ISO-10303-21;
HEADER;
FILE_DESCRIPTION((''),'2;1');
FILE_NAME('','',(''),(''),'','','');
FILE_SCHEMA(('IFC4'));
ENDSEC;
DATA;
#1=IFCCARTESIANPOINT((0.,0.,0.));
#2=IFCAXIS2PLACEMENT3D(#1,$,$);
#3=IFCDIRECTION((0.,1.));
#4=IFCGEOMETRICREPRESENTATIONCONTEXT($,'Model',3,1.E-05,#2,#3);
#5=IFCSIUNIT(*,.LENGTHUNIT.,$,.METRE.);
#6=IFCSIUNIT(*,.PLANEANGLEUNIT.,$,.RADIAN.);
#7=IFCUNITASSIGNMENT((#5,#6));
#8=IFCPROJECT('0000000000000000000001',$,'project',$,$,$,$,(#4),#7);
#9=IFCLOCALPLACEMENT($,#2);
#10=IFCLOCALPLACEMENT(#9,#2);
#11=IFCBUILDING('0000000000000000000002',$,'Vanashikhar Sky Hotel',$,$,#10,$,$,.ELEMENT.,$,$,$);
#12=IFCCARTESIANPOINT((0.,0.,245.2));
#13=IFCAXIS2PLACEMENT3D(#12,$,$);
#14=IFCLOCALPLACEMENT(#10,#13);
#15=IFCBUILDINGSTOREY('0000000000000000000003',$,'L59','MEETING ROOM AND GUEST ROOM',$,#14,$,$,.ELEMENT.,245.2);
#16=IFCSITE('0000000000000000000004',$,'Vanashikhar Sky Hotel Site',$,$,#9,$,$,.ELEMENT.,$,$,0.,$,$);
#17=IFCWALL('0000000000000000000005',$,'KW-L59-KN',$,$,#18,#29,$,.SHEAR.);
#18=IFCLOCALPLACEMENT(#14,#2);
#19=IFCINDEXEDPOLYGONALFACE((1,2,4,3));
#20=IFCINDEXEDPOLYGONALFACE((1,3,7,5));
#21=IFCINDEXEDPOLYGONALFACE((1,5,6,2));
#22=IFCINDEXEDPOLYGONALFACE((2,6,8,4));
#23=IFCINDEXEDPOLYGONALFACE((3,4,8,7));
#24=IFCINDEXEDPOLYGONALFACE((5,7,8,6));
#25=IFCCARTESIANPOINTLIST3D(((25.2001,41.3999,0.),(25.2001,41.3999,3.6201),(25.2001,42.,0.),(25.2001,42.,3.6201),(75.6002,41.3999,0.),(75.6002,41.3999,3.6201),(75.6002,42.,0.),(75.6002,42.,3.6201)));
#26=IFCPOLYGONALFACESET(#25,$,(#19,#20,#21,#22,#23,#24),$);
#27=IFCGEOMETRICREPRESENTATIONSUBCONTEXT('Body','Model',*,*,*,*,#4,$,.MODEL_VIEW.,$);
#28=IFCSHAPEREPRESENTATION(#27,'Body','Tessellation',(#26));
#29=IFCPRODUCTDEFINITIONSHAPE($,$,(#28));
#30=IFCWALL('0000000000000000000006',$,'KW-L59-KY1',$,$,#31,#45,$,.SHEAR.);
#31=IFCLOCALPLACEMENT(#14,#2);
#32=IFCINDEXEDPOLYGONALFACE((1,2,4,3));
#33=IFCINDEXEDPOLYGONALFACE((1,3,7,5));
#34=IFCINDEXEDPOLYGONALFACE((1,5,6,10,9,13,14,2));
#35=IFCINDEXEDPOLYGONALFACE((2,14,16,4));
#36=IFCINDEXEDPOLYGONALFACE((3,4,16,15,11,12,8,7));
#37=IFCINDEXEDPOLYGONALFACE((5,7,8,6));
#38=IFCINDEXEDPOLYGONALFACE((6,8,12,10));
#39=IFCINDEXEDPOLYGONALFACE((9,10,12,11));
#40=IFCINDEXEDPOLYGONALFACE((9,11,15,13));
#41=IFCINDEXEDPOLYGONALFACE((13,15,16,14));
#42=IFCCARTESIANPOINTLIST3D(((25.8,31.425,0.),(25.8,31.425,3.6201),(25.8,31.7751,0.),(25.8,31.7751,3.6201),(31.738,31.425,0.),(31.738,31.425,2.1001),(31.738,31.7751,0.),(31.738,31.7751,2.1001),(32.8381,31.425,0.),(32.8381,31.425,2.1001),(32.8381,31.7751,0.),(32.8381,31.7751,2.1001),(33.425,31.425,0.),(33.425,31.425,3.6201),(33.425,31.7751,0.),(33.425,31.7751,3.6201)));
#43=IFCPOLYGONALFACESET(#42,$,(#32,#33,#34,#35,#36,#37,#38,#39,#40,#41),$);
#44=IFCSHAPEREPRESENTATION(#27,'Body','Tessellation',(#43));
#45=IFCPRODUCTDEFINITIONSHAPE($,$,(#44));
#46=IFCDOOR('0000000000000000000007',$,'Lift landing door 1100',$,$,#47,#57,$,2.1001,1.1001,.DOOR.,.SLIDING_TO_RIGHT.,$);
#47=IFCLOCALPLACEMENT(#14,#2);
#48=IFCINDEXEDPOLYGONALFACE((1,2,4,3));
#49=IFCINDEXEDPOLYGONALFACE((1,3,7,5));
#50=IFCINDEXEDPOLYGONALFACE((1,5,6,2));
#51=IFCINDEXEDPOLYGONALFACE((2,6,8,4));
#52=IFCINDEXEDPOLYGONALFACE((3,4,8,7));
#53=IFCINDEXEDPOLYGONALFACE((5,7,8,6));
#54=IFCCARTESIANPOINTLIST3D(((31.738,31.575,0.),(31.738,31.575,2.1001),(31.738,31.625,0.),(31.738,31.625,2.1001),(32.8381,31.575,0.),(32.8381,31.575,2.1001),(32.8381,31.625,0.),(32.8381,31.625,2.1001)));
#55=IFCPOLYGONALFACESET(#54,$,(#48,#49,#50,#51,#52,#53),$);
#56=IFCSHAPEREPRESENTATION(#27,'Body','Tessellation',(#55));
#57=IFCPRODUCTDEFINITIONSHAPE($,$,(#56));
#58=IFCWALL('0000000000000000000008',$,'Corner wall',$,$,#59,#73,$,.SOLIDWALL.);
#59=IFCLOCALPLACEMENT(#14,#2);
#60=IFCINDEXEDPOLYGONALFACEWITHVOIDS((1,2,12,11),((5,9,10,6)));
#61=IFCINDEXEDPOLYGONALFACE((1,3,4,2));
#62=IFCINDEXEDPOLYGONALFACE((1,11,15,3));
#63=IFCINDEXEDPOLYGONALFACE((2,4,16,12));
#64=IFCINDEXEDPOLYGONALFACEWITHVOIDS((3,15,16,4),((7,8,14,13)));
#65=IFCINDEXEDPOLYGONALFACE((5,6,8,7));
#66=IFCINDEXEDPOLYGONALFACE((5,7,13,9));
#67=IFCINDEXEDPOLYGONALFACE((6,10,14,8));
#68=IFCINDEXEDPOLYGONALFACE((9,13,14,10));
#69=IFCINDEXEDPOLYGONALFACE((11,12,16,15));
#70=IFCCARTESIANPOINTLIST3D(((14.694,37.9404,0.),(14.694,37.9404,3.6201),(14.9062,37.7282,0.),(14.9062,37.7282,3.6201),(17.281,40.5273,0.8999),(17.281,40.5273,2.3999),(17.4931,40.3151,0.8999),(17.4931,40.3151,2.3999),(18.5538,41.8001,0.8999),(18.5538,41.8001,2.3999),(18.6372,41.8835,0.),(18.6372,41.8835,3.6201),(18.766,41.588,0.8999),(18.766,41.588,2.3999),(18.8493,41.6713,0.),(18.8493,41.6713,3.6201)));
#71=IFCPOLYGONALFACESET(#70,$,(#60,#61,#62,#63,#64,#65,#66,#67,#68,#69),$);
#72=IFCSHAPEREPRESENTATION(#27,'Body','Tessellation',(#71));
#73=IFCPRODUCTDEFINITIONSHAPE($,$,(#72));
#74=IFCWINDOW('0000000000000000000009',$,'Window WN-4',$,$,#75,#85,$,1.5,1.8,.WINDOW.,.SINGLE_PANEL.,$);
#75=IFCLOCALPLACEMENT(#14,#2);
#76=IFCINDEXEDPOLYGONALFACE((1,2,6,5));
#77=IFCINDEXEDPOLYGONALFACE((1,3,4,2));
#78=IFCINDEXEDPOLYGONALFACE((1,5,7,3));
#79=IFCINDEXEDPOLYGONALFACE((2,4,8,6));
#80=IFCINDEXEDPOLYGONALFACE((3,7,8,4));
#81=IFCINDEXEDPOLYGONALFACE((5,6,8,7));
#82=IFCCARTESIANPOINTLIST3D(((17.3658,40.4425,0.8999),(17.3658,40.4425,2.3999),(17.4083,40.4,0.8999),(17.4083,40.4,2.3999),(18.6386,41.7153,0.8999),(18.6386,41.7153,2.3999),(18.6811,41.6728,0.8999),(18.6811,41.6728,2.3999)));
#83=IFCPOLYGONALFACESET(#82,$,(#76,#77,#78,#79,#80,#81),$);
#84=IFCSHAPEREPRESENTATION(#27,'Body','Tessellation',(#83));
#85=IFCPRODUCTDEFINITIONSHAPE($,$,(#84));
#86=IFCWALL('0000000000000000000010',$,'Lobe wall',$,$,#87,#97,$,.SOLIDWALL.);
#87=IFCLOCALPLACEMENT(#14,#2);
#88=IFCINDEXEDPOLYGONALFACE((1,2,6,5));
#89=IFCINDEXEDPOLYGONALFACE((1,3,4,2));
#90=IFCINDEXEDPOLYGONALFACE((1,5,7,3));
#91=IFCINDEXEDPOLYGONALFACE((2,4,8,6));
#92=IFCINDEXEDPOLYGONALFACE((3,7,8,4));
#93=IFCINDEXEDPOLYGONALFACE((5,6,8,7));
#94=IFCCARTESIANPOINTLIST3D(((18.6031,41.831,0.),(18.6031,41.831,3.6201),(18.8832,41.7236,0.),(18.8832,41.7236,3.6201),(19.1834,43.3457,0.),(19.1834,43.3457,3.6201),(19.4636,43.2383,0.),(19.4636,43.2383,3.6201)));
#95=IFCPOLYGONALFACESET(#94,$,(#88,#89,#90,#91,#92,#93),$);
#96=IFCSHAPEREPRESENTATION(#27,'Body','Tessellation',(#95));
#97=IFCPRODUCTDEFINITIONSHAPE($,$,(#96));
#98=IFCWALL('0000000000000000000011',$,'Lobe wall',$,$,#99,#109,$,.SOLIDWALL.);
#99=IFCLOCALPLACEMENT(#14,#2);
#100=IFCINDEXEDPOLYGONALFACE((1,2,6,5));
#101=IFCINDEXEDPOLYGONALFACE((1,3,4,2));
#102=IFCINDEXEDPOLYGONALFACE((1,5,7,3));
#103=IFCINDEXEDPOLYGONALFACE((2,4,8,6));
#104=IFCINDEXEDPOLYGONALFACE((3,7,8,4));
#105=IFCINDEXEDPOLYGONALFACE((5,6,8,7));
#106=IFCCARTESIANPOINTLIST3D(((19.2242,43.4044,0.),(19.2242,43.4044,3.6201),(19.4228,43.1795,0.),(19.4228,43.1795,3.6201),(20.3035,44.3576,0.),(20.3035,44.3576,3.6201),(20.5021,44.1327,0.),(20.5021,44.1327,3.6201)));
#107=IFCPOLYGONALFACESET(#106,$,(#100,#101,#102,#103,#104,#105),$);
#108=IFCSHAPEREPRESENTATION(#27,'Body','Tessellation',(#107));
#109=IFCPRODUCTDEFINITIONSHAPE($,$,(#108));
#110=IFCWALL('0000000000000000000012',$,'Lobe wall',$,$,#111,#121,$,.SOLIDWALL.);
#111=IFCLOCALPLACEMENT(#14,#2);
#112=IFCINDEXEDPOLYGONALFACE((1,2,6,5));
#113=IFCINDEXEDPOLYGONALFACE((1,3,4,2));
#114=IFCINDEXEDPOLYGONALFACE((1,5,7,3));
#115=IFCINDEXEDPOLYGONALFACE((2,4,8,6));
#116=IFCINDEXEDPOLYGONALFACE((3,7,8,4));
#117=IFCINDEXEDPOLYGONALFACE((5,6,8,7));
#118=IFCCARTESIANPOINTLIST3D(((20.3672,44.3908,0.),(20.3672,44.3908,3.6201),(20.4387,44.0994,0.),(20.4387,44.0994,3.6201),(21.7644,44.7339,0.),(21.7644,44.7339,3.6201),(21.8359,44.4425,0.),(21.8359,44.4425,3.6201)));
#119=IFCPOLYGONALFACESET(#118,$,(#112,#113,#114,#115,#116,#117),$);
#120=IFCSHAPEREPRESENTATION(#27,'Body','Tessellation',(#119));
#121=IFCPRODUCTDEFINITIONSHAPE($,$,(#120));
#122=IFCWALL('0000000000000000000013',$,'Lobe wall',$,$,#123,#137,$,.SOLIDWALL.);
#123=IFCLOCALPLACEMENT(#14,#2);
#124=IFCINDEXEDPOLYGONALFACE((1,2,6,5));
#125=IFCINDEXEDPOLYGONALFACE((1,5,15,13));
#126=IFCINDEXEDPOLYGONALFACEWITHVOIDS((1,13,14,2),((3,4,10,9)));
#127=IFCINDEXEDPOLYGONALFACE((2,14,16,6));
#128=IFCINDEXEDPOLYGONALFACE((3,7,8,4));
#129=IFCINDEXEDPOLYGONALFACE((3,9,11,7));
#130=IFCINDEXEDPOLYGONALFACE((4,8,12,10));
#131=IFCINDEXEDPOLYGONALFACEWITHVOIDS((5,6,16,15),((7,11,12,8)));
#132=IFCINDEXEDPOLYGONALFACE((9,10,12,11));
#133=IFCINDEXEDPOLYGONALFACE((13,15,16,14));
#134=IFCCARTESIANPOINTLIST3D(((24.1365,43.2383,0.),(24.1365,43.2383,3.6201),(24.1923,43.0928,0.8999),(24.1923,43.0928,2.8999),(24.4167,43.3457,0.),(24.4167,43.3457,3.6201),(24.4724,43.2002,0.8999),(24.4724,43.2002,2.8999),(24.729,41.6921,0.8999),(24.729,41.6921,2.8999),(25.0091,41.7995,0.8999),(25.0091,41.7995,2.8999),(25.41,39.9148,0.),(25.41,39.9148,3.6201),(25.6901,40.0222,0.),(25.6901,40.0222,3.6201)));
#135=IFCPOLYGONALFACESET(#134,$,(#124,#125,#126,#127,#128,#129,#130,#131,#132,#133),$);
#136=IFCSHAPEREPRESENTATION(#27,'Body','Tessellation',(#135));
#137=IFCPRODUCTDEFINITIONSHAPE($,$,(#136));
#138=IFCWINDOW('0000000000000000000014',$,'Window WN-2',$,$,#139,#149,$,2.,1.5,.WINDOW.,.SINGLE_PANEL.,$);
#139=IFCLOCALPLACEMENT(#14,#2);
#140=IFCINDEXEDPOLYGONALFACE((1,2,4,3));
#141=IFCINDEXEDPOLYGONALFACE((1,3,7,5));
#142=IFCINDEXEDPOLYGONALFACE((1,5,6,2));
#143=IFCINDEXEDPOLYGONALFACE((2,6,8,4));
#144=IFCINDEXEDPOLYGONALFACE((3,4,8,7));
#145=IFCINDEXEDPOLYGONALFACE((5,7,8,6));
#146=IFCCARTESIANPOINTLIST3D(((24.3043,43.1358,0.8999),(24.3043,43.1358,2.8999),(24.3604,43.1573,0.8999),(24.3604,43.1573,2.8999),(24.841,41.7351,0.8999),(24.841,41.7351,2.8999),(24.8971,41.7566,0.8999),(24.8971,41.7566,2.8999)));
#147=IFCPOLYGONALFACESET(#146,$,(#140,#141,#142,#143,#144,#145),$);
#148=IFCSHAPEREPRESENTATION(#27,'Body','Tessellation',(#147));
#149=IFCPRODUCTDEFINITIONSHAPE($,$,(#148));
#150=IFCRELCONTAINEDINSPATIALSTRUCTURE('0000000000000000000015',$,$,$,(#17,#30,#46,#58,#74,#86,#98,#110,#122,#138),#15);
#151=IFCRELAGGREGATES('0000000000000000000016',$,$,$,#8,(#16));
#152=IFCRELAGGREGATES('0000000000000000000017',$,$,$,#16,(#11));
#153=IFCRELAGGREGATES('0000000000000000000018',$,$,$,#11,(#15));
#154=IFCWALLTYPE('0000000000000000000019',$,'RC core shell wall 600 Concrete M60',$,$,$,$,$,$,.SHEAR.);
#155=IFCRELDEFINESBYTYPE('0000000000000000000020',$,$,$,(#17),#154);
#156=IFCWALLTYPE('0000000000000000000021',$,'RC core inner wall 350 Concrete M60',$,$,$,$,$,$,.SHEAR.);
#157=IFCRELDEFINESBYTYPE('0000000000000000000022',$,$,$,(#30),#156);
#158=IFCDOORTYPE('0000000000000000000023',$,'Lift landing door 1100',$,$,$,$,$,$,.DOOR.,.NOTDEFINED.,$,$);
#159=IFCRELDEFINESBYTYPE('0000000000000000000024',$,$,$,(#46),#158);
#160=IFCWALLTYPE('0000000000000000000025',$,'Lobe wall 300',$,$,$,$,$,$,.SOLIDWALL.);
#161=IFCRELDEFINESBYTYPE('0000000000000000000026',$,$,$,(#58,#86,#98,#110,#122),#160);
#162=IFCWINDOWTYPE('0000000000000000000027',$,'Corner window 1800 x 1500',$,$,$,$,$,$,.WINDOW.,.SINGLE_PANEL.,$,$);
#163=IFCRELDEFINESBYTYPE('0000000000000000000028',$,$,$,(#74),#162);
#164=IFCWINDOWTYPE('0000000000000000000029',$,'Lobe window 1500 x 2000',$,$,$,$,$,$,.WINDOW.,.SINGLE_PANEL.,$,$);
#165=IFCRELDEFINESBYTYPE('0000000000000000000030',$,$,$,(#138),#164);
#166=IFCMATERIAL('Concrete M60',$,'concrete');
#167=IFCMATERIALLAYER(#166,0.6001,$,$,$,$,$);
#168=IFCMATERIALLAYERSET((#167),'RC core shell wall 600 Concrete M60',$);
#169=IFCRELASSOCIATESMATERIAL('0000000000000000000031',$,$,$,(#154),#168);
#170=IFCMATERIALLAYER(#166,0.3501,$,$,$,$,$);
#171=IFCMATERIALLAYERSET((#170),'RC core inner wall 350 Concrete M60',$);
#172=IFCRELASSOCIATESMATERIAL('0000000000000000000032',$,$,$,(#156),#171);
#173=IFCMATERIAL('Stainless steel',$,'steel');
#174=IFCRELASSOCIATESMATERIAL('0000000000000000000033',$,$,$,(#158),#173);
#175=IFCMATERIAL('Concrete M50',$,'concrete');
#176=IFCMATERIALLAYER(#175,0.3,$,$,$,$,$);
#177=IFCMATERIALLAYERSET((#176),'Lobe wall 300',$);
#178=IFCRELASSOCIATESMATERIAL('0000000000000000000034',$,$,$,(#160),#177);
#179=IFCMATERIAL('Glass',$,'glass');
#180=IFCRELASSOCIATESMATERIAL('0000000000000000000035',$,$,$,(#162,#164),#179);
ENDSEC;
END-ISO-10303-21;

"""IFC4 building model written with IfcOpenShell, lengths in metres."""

from ifc_helpers import new_model, si_unit, direction, frame, frame_2d, origin, place, context, subcontext, project, spatial, rectangle, extrude, source, transform, mapped, material, layer, layer_set, type_object, element, fill, save


model = new_model("IFC4")

# Units and contexts
model_context = context("Model", 3, precision=1e-05, world=origin(), true_north=direction((0.0, 1.0)))
body_context = subcontext(model_context, "Body", "Model", "MODEL_VIEW")
ifc_project = project(units=[si_unit("LENGTHUNIT", "METRE"), si_unit("PLANEANGLEUNIT", "RADIAN")], contexts=[model_context])

# Site, building, storey
site_placement = place(None, origin())
site = spatial("IfcSite", under=ifc_project, at=site_placement, Name="Vanashikhar Sky Hotel Site", CompositionType="ELEMENT", RefElevation=0.0)
building_placement = place(site_placement, origin())
building = spatial("IfcBuilding", under=site, at=building_placement, Name="Vanashikhar Sky Hotel", CompositionType="ELEMENT")
storey_placement = place(building_placement, frame((0.0, 0.0, 245.2)))
storey = spatial("IfcBuildingStorey", under=building, at=storey_placement, Name="L59", Description="MEETING ROOM AND GUEST ROOM", CompositionType="ELEMENT", Elevation=245.2)

# Wall
ifc_material_1 = material(Name="Concrete M60", Category="concrete")
ifc_layer_1 = layer(ifc_material_1, 0.6001)
ifc_layer_set_1 = layer_set([ifc_layer_1], Name="RC core shell wall 600 Concrete M60")
wall_type_1 = type_object("IfcWallType", Name="RC core shell wall 600 Concrete M60", PredefinedType="SHEAR", material=ifc_layer_set_1)
shared_shape_1 = source(origin(), body_context, "Body", "SweptSolid", [
    extrude(rectangle(XDim=50.4001, YDim=0.6001, at=frame_2d((25.2002, 0.0))), origin(), (0.0, 0.0, 1.0), 3.6201),
])
wall_1_placement = place(storey_placement, frame((25.2, 41.7, 0.0), z_axis=(0.0, 0.0, 1.0), x_axis=(1.0, 0.0, 0.0)))
element("IfcWall", 1, at=wall_1_placement, inside=storey, type_object=wall_type_1, Name="KW-L59-KN", PredefinedType="SHEAR", context=body_context, shape_type="MappedRepresentation", body=[
    mapped(shared_shape_1, transform((0.0, 0.0, 0.0), scale=1.0)),
])

# Wall, opening, door
ifc_layer_2 = layer(ifc_material_1, 0.3501)
ifc_layer_set_2 = layer_set([ifc_layer_2], Name="RC core inner wall 350 Concrete M60")
wall_type_2 = type_object("IfcWallType", Name="RC core inner wall 350 Concrete M60", PredefinedType="SHEAR", material=ifc_layer_set_2)
shared_shape_2 = source(origin(), body_context, "Body", "SweptSolid", [
    extrude(rectangle(XDim=7.625, YDim=0.3501, at=frame_2d((3.8125, 0.0))), origin(), (0.0, 0.0, 1.0), 3.6201),
])
wall_2_placement = place(storey_placement, frame((25.8, 31.6001, 0.0), z_axis=(0.0, 0.0, 1.0), x_axis=(1.0, 0.0, 0.0)))
wall_2 = element("IfcWall", 2, at=wall_2_placement, inside=storey, type_object=wall_type_2, Name="KW-L59-KY1", PredefinedType="SHEAR", context=body_context, shape_type="MappedRepresentation", body=[
    mapped(shared_shape_2, transform((0.0, 0.0, 0.0), scale=1.0)),
])
shared_shape_3 = source(origin(), body_context, "Body", "SweptSolid", [
    extrude(rectangle(XDim=1.1001, YDim=2.1001, at=frame_2d((0.55, 1.05))), frame((0.0, 0.1851, 0.0), z_axis=(0.0, -1.0, 0.0), x_axis=(1.0, 0.0, 0.0)), (0.0, 0.0, 1.0), 0.3701),
])
opening_1_placement = place(wall_2_placement, frame((5.938, 0.0, 0.0)))
opening_1 = element("IfcOpeningElement", 3, at=opening_1_placement, cuts=wall_2, PredefinedType="OPENING", context=body_context, shape_type="MappedRepresentation", body=[
    mapped(shared_shape_3, transform((0.0, 0.0, 0.0), scale=1.0)),
])
ifc_material_2 = material(Name="Stainless steel", Category="steel")
door_type_1 = type_object("IfcDoorType", Name="Lift landing door 1100", OperationType="NOTDEFINED", PredefinedType="DOOR", material=ifc_material_2)
shared_shape_4 = source(origin(), body_context, "Body", "SweptSolid", [
    extrude(rectangle(XDim=1.1001, YDim=2.1001, at=frame_2d((0.55, 1.05))), frame((0.0, 0.0249, 0.0), z_axis=(0.0, -1.0, 0.0), x_axis=(1.0, 0.0, 0.0)), (0.0, 0.0, 1.0), 0.05),
])
door_1_placement = place(opening_1_placement, origin())
door_1 = element("IfcDoor", 4, at=door_1_placement, inside=storey, type_object=door_type_1, Name="Lift landing door 1100", OperationType="SLIDING_TO_RIGHT", OverallHeight=2.1001, OverallWidth=1.1001, PredefinedType="DOOR", context=body_context, shape_type="MappedRepresentation", body=[
    mapped(shared_shape_4, transform((0.0, 0.0, 0.0), scale=1.0)),
])
fill(opening_1, door_1)

# Wall, opening, window
ifc_material_3 = material(Name="Concrete M50", Category="concrete")
ifc_layer_3 = layer(ifc_material_3, 0.3)
ifc_layer_set_3 = layer_set([ifc_layer_3], Name="Lobe wall 300")
wall_type_3 = type_object("IfcWallType", Name="Lobe wall 300", PredefinedType="SOLIDWALL", material=ifc_layer_set_3)
shared_shape_5 = source(origin(), body_context, "Body", "SweptSolid", [
    extrude(rectangle(XDim=5.5764, YDim=0.3, at=frame_2d((2.7881, 0.0))), origin(), (0.0, 0.0, 1.0), 3.6201),
])
wall_3_placement = place(storey_placement, frame((18.7432, 41.7773, 0.0), z_axis=(0.0, 0.0, 1.0), x_axis=(-0.707107, -0.707107, 0.0)))
wall_3 = element("IfcWall", 5, at=wall_3_placement, inside=storey, type_object=wall_type_3, Name="Corner wall", PredefinedType="SOLIDWALL", context=body_context, shape_type="MappedRepresentation", body=[
    mapped(shared_shape_5, transform((0.0, 0.0, 0.0), scale=1.0)),
])
shared_shape_6 = source(origin(), body_context, "Body", "SweptSolid", [
    extrude(rectangle(XDim=1.8, YDim=1.5, at=frame_2d((0.8999, 0.75))), frame((0.0, 0.1602, 0.0), z_axis=(0.0, -1.0, 0.0), x_axis=(1.0, 0.0, 0.0)), (0.0, 0.0, 1.0), 0.3201),
])
opening_2_placement = place(wall_3_placement, frame((0.1179, 0.0, 0.8999)))
opening_2 = element("IfcOpeningElement", 6, at=opening_2_placement, cuts=wall_3, PredefinedType="OPENING", context=body_context, shape_type="MappedRepresentation", body=[
    mapped(shared_shape_6, transform((0.0, 0.0, 0.0), scale=1.0)),
])
ifc_material_4 = material(Name="Glass", Category="glass")
window_type_1 = type_object("IfcWindowType", Name="Corner window 1800 x 1500", PartitioningType="SINGLE_PANEL", PredefinedType="WINDOW", material=ifc_material_4)
shared_shape_7 = source(origin(), body_context, "Body", "SweptSolid", [
    extrude(rectangle(XDim=1.8, YDim=1.5, at=frame_2d((0.8999, 0.75))), frame((0.0, 0.03, 0.0), z_axis=(0.0, -1.0, 0.0), x_axis=(1.0, 0.0, 0.0)), (0.0, 0.0, 1.0), 0.0601),
])
window_1_placement = place(opening_2_placement, origin())
window_1 = element("IfcWindow", 7, at=window_1_placement, inside=storey, type_object=window_type_1, Name="Window WN-4", OverallHeight=1.5, OverallWidth=1.8, PartitioningType="SINGLE_PANEL", PredefinedType="WINDOW", context=body_context, shape_type="MappedRepresentation", body=[
    mapped(shared_shape_7, transform((0.0, 0.0, 0.0), scale=1.0)),
])
fill(opening_2, window_1)

# Walls
shared_shape_8 = source(origin(), body_context, "Body", "SweptSolid", [
    extrude(rectangle(XDim=1.6221, YDim=0.3, at=frame_2d((0.811, 0.0))), origin(), (0.0, 0.0, 1.0), 3.6201),
])
wall_4_placement = place(storey_placement, frame((19.3235, 43.292, 0.0), z_axis=(0.0, 0.0, 1.0), x_axis=(-0.357779, -0.933806, 0.0)))
element("IfcWall", 8, at=wall_4_placement, inside=storey, type_object=wall_type_3, Name="Lobe wall", PredefinedType="SOLIDWALL", context=body_context, shape_type="MappedRepresentation", body=[
    mapped(shared_shape_8, transform((0.0, 0.0, 0.0), scale=1.0)),
])
shared_shape_9 = source(origin(), body_context, "Body", "SweptSolid", [
    extrude(rectangle(XDim=1.4399, YDim=0.3, at=frame_2d((0.72, 0.0))), origin(), (0.0, 0.0, 1.0), 3.6201),
])
wall_5_placement = place(storey_placement, frame((20.4028, 44.2451, 0.0), z_axis=(0.0, 0.0, 1.0), x_axis=(-0.749576, -0.661919, 0.0)))
element("IfcWall", 9, at=wall_5_placement, inside=storey, type_object=wall_type_3, Name="Lobe wall", PredefinedType="SOLIDWALL", context=body_context, shape_type="MappedRepresentation", body=[
    mapped(shared_shape_9, transform((0.0, 0.0, 0.0), scale=1.0)),
])
shared_shape_10 = source(origin(), body_context, "Body", "SweptSolid", [
    extrude(rectangle(XDim=1.4387, YDim=0.3, at=frame_2d((0.7192, 0.0))), origin(), (0.0, 0.0, 1.0), 3.6201),
])
wall_6_placement = place(storey_placement, frame((21.8, 44.5881, 0.0), z_axis=(0.0, 0.0, 1.0), x_axis=(-0.971162, -0.238421, 0.0)))
element("IfcWall", 10, at=wall_6_placement, inside=storey, type_object=wall_type_3, Name="Lobe wall", PredefinedType="SOLIDWALL", context=body_context, shape_type="MappedRepresentation", body=[
    mapped(shared_shape_10, transform((0.0, 0.0, 0.0), scale=1.0)),
])

# Wall, opening, window
shared_shape_11 = source(origin(), body_context, "Body", "SweptSolid", [
    extrude(rectangle(XDim=3.5591, YDim=0.3, at=frame_2d((1.7795, 0.0))), origin(), (0.0, 0.0, 1.0), 3.6201),
])
wall_7_placement = place(storey_placement, frame((25.55, 39.9685, 0.0), z_axis=(0.0, 0.0, 1.0), x_axis=(-0.357797, 0.933799, 0.0)))
wall_7 = element("IfcWall", 11, at=wall_7_placement, inside=storey, type_object=wall_type_3, Name="Lobe wall", PredefinedType="SOLIDWALL", context=body_context, shape_type="MappedRepresentation", body=[
    mapped(shared_shape_11, transform((0.0, 0.0, 0.0), scale=1.0)),
])
shared_shape_12 = source(origin(), body_context, "Body", "SweptSolid", [
    extrude(rectangle(XDim=1.5, YDim=2.0, at=frame_2d((0.75, 1.0))), frame((0.0, 0.1602, 0.0), z_axis=(0.0, -1.0, 0.0), x_axis=(1.0, 0.0, 0.0)), (0.0, 0.0, 1.0), 0.3201),
])
opening_3_placement = place(wall_7_placement, frame((1.9033, 0.0, 0.8999)))
opening_3 = element("IfcOpeningElement", 12, at=opening_3_placement, cuts=wall_7, PredefinedType="OPENING", context=body_context, shape_type="MappedRepresentation", body=[
    mapped(shared_shape_12, transform((0.0, 0.0, 0.0), scale=1.0)),
])
window_type_2 = type_object("IfcWindowType", Name="Lobe window 1500 x 2000", PartitioningType="SINGLE_PANEL", PredefinedType="WINDOW", material=ifc_material_4)
shared_shape_13 = source(origin(), body_context, "Body", "SweptSolid", [
    extrude(rectangle(XDim=1.5, YDim=2.0, at=frame_2d((0.75, 1.0))), frame((0.0, 0.03, 0.0), z_axis=(0.0, -1.0, 0.0), x_axis=(1.0, 0.0, 0.0)), (0.0, 0.0, 1.0), 0.0601),
])
window_2_placement = place(opening_3_placement, origin())
window_2 = element("IfcWindow", 13, at=window_2_placement, inside=storey, type_object=window_type_2, Name="Window WN-2", OverallHeight=2.0, OverallWidth=1.5, PartitioningType="SINGLE_PANEL", PredefinedType="WINDOW", context=body_context, shape_type="MappedRepresentation", body=[
    mapped(shared_shape_13, transform((0.0, 0.0, 0.0), scale=1.0)),
])
fill(opening_3, window_2)

save(model, "model.ifc")
